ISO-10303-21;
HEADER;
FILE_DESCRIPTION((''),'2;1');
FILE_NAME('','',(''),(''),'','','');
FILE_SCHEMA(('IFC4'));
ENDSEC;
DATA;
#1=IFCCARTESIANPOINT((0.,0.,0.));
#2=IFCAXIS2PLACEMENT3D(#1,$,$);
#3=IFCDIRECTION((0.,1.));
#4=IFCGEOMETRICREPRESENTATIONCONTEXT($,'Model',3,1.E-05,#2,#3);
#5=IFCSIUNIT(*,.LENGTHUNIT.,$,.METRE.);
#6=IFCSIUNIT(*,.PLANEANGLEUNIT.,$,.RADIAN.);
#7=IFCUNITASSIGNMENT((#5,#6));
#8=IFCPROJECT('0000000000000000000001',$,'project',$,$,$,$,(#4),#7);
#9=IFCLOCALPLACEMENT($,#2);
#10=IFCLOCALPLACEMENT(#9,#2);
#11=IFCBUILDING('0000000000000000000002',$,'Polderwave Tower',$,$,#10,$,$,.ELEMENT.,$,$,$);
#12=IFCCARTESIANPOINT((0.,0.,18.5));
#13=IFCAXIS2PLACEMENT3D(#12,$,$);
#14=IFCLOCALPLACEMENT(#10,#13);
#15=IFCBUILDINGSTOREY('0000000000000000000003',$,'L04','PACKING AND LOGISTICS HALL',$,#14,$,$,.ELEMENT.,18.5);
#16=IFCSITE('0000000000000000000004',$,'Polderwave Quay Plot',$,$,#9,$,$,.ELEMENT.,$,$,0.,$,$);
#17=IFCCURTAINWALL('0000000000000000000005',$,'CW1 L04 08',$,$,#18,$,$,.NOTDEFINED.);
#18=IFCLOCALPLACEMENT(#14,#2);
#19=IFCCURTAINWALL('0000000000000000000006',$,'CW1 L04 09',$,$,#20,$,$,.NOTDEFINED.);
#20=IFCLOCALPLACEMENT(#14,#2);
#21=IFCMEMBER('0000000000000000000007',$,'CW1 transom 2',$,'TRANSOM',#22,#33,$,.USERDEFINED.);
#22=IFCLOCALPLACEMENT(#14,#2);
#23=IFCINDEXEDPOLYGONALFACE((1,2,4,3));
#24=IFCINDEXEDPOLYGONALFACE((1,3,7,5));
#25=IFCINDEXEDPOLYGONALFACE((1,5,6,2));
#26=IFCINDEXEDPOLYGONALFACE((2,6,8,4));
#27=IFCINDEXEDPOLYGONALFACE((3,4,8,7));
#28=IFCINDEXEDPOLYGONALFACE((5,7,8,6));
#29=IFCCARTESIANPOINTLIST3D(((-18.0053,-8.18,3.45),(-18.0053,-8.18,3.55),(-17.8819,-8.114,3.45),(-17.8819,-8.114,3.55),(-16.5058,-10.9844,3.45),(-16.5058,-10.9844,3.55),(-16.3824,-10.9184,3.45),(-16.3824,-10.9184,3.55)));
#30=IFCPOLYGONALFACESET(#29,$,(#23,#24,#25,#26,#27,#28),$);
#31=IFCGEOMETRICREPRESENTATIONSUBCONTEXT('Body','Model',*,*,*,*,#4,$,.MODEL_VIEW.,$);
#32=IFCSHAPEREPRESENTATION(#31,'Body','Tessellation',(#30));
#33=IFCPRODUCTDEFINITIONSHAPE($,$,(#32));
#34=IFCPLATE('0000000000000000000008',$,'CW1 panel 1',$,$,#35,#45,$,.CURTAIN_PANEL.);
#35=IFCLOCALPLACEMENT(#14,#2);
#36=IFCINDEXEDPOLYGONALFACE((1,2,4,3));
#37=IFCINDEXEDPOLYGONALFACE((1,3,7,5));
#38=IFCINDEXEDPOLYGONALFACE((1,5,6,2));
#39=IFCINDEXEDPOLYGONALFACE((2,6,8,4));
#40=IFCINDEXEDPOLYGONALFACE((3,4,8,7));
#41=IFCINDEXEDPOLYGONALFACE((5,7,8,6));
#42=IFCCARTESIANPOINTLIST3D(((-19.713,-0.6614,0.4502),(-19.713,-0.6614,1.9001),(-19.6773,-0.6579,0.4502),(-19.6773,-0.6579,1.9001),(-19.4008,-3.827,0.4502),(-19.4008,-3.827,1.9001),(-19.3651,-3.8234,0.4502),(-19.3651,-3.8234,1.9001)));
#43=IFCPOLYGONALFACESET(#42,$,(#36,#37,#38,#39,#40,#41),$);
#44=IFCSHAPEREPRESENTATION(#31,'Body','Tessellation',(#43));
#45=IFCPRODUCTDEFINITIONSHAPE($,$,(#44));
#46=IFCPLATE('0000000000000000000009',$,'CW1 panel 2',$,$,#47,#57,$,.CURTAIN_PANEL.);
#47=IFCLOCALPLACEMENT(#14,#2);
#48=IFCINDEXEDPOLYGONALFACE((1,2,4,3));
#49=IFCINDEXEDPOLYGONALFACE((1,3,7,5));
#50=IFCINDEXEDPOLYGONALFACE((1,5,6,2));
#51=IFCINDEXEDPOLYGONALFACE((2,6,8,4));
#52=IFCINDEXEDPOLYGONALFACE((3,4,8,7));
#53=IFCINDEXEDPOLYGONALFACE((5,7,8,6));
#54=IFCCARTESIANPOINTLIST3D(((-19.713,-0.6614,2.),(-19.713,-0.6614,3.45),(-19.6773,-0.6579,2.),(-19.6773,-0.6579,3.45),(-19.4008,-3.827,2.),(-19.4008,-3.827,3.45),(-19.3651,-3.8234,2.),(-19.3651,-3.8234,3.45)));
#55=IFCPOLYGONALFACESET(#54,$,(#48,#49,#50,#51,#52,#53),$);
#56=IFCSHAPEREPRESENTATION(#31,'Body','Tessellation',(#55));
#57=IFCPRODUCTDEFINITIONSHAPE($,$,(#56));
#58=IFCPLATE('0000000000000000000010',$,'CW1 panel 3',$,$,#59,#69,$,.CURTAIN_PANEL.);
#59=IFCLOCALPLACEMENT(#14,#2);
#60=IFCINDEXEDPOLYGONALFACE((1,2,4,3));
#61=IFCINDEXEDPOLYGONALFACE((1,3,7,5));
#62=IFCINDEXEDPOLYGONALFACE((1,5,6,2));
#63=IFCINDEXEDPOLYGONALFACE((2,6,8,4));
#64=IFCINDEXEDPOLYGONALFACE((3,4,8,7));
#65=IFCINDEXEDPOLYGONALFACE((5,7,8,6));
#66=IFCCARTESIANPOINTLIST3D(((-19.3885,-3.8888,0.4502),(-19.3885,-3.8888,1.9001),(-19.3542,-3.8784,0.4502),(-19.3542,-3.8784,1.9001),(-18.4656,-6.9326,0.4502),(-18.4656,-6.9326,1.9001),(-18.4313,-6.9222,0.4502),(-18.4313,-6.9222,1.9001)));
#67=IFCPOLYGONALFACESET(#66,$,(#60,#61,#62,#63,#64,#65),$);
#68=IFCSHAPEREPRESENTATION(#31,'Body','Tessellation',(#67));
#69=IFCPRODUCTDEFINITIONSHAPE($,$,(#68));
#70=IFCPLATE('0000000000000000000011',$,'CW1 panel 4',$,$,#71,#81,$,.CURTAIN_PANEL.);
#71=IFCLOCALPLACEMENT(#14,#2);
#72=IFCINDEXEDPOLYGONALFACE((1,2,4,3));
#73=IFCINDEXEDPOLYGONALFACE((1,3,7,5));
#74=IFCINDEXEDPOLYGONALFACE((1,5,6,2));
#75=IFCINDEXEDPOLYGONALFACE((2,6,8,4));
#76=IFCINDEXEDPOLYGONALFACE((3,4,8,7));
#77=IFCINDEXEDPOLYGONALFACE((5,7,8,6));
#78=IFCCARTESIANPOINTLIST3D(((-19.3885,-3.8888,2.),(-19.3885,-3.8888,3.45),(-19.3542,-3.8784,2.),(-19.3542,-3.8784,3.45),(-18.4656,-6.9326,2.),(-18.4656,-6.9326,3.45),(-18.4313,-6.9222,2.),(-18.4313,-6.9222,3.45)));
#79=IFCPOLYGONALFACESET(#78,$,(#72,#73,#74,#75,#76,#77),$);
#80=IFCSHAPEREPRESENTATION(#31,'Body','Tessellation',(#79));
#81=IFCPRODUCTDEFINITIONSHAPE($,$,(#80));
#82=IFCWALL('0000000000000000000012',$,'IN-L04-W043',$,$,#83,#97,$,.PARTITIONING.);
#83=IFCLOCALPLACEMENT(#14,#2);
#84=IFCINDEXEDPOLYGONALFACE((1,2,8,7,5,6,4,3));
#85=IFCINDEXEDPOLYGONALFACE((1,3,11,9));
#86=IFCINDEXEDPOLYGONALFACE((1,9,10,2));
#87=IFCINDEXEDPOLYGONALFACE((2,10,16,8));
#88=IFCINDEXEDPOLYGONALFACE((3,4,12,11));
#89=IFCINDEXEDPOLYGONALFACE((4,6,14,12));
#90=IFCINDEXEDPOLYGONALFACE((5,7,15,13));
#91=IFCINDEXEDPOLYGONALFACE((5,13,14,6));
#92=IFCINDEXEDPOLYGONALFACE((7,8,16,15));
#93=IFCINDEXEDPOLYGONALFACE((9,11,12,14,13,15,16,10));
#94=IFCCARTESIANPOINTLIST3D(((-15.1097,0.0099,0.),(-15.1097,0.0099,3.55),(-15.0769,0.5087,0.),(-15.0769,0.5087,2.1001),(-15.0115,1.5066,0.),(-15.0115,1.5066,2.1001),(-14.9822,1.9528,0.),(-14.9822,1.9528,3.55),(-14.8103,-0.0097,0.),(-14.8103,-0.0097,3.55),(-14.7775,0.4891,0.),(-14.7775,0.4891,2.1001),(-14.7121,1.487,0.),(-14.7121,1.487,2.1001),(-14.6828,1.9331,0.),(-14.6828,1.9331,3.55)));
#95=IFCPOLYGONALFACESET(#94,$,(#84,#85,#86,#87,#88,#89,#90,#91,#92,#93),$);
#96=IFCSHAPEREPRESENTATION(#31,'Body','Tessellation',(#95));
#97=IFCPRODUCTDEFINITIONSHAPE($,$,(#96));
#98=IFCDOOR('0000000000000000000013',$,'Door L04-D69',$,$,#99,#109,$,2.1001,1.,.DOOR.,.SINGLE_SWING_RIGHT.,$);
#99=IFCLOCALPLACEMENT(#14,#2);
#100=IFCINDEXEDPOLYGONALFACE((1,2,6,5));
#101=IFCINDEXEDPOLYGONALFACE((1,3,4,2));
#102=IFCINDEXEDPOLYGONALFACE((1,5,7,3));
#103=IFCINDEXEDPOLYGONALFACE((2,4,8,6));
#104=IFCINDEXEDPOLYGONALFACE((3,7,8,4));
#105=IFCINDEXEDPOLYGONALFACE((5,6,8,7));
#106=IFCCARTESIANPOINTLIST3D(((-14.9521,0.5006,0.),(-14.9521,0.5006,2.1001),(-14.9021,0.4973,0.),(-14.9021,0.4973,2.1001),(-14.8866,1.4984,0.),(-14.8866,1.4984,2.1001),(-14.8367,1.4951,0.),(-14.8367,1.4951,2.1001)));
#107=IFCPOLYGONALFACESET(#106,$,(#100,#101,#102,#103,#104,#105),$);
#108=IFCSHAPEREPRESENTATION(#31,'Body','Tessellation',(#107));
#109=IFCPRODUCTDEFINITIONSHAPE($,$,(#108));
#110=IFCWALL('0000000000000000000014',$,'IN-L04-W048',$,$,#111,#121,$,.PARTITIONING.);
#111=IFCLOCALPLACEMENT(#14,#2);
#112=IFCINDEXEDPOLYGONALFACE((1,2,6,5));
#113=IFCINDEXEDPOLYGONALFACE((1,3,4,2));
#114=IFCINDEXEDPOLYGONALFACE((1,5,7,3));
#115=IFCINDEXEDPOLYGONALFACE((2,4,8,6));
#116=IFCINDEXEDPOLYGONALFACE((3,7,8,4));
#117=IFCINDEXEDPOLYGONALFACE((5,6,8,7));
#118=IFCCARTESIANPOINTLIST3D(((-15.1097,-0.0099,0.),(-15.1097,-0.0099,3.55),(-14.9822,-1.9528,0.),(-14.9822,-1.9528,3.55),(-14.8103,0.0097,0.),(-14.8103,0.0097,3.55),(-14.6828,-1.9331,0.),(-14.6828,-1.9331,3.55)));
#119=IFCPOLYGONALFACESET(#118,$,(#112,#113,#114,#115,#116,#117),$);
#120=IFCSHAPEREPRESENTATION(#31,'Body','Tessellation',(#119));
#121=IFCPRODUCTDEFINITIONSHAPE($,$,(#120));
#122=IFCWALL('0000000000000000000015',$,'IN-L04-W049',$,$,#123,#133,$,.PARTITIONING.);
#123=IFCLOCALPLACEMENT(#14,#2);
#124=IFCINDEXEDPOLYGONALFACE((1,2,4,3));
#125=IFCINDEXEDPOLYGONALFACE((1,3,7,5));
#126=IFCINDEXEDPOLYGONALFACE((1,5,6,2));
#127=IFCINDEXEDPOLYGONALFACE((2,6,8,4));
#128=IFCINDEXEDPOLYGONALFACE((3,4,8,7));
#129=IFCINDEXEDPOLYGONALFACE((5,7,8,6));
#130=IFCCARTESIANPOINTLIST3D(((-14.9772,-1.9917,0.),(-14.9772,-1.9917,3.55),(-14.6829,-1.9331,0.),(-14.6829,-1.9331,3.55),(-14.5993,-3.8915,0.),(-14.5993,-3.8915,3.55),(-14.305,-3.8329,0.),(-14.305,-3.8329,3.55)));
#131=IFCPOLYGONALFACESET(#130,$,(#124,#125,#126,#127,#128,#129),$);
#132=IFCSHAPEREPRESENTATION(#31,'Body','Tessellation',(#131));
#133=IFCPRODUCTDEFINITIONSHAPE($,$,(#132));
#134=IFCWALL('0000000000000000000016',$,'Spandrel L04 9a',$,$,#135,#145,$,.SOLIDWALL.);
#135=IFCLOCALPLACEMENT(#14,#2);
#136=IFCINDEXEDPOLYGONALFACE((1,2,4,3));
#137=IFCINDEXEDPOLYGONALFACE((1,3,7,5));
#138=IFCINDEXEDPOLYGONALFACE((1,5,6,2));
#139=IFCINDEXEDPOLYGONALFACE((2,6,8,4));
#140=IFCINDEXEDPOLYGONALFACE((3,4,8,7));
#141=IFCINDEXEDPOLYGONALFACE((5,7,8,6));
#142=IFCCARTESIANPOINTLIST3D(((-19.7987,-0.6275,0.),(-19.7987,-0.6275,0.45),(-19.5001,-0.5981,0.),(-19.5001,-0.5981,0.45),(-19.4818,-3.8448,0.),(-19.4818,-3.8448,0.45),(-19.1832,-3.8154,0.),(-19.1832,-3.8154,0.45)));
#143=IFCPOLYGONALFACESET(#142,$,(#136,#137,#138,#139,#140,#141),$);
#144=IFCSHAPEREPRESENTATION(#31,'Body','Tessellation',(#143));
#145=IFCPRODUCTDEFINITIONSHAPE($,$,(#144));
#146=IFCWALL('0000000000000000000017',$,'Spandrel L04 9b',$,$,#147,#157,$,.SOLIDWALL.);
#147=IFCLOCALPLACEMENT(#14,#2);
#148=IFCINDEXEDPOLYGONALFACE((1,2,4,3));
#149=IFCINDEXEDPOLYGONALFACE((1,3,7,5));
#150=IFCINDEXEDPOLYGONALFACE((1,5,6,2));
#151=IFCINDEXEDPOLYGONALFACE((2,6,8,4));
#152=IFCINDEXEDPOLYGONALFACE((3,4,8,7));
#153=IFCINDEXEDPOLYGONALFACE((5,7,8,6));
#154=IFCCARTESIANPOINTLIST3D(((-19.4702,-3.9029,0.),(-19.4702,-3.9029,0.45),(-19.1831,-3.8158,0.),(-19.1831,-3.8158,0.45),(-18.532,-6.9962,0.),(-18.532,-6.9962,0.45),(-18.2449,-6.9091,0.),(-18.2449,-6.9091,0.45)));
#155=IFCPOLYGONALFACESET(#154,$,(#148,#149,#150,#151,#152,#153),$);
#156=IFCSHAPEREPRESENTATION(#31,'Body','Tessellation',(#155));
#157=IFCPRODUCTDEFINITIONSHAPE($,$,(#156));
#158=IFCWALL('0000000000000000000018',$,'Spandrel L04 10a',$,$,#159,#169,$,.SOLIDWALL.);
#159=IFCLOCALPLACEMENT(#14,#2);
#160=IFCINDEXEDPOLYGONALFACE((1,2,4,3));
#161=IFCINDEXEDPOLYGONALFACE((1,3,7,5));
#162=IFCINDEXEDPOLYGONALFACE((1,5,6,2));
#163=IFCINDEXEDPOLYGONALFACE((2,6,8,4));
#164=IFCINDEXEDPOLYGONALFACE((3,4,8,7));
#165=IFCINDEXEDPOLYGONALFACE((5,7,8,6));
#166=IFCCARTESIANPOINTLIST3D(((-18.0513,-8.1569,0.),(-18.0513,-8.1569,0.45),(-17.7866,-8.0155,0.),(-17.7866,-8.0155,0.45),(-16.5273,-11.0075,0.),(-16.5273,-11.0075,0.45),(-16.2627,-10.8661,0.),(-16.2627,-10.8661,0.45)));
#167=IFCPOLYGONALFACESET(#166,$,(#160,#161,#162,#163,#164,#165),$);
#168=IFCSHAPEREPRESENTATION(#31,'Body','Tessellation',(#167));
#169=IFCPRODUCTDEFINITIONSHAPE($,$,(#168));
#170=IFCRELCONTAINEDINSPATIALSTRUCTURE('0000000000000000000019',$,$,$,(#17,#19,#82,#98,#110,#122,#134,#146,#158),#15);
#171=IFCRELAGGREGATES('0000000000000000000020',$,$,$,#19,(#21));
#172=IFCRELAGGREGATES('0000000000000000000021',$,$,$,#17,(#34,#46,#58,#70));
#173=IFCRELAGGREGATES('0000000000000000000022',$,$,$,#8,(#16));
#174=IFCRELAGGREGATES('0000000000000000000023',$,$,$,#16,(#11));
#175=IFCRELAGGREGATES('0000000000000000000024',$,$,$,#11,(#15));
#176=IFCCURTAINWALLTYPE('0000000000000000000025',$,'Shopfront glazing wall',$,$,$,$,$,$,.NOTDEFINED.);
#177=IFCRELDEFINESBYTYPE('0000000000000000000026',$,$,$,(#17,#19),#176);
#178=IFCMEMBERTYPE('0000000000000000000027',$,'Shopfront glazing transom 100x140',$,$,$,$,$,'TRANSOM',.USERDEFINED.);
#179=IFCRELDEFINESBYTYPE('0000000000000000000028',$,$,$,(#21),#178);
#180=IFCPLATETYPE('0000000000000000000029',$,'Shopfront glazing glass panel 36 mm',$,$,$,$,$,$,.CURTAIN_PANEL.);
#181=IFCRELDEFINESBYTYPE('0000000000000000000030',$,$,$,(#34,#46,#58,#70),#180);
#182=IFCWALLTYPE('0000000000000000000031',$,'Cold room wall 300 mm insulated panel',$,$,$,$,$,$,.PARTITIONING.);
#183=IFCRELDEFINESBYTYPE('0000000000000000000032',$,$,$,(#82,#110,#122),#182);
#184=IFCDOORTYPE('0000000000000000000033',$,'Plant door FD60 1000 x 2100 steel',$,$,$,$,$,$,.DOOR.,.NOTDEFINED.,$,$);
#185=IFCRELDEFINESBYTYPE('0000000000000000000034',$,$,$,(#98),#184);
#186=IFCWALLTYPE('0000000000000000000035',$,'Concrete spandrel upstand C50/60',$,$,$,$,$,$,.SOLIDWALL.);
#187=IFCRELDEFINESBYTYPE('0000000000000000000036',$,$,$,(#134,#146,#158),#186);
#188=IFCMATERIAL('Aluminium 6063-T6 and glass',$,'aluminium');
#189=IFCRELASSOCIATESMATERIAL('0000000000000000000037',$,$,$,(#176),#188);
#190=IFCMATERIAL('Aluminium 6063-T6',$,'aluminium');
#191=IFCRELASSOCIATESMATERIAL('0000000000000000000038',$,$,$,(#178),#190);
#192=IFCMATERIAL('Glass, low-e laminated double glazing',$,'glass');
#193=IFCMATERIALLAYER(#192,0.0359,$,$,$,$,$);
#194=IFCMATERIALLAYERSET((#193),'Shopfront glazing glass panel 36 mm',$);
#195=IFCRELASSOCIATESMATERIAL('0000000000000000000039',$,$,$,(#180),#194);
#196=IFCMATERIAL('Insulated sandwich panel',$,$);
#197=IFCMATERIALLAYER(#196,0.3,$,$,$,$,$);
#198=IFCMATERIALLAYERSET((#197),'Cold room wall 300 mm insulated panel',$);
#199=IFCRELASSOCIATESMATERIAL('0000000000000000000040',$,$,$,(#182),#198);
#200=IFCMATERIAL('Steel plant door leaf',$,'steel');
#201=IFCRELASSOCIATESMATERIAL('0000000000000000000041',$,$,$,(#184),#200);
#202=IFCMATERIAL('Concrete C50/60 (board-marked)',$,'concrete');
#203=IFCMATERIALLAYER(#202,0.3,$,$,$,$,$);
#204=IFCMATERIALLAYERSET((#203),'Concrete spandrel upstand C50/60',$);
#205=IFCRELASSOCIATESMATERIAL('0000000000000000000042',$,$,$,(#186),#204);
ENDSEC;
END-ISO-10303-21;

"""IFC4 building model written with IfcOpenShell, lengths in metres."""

from ifc_helpers import new_model, si_unit, direction, frame, frame_2d, origin, origin_2d, place, context, subcontext, project, spatial, rectangle, extrude, material, layer, layer_set, material_profile, profile_set, type_object, element, fill, aggregate, save


model = new_model("IFC4")

# Units and contexts
model_context = context("Model", 3, precision=1e-05, world=origin(), true_north=direction((0.0, 1.0)))
body_context = subcontext(model_context, "Body", "Model", "MODEL_VIEW")
ifc_project = project(units=[si_unit("LENGTHUNIT", "METRE"), si_unit("PLANEANGLEUNIT", "RADIAN")], contexts=[model_context])

# Site, building, storey
site_placement = place(None, origin())
site = spatial("IfcSite", under=ifc_project, at=site_placement, Name="Polderwave Quay Plot", CompositionType="ELEMENT", RefElevation=0.0)
building_placement = place(site_placement, origin())
building = spatial("IfcBuilding", under=site, at=building_placement, Name="Polderwave Tower", CompositionType="ELEMENT")
storey_placement = place(building_placement, frame((0.0, 0.0, 18.5)))
storey = spatial("IfcBuildingStorey", under=building, at=storey_placement, Name="L04", Description="PACKING AND LOGISTICS HALL", CompositionType="ELEMENT", Elevation=18.5)

# Curtain wall
ifc_material_1 = material(Name="Aluminium 6063-T6 and glass", Category="aluminium")
curtain_wall_type = type_object("IfcCurtainWallType", Name="Shopfront glazing wall", PredefinedType="NOTDEFINED", material=ifc_material_1)
curtain_wall_1_placement = place(storey_placement, origin())
curtain_wall_1 = element("IfcCurtainWall", 1, at=curtain_wall_1_placement, inside=storey, type_object=curtain_wall_type, Name="CW1 L04 08", PredefinedType="NOTDEFINED")
ifc_material_2 = material(Name="Aluminium 6063-T6", Category="aluminium")

# Curtain wall
curtain_wall_2_placement = place(storey_placement, origin())
curtain_wall_2 = element("IfcCurtainWall", 2, at=curtain_wall_2_placement, inside=storey, type_object=curtain_wall_type, Name="CW1 L04 09", PredefinedType="NOTDEFINED")

# Member
ifc_material_profile_1 = material_profile(ifc_material_2, rectangle(XDim=0.1399, YDim=0.1001, at=origin_2d()), Name="AL 100x140")
ifc_profile_set_1 = profile_set([ifc_material_profile_1], Name="Aluminium 6063-T6")
member_type_1 = type_object("IfcMemberType", Name="Shopfront glazing transom 100x140", ElementType="TRANSOM", PredefinedType="USERDEFINED", material=ifc_profile_set_1)
member_1_placement = place(storey_placement, frame((-17.9436, -8.147, 3.5), z_axis=(0.47152, -0.881855, 0.0), x_axis=(0.881855, 0.47152, 0.0)))
member_1 = element("IfcMember", 3, at=member_1_placement, type_object=member_type_1, Name="CW1 transom 2", ObjectType="TRANSOM", PredefinedType="USERDEFINED", context=body_context, shape_type="SweptSolid", body=[
    extrude(rectangle(XDim=0.1399, YDim=0.1001, at=origin_2d()), origin(), (0.0, 0.0, 1.0), 3.1802),
])
aggregate(curtain_wall_2, [member_1])

# Plates
ifc_material_3 = material(Name="Glass, low-e laminated double glazing", Category="glass")
ifc_layer_1 = layer(ifc_material_3, 0.0359)
ifc_layer_set_1 = layer_set([ifc_layer_1], Name="Shopfront glazing glass panel 36 mm")
plate_type = type_object("IfcPlateType", Name="Shopfront glazing glass panel 36 mm", PredefinedType="CURTAIN_PANEL", material=ifc_layer_set_1)
plate_1_placement = place(storey_placement, frame((-19.5391, -2.2424, 0.4502), z_axis=(0.0, 0.0, 1.0), x_axis=(0.098142, -0.995172, 0.0)))
plate_1 = element("IfcPlate", 4, at=plate_1_placement, type_object=plate_type, Name="CW1 panel 1", PredefinedType="CURTAIN_PANEL", context=body_context, shape_type="SweptSolid", body=[
    extrude(rectangle(XDim=3.1809, YDim=0.0359, at=origin_2d()), origin(), (0.0, 0.0, 1.0), 1.45),
])
plate_2_placement = place(storey_placement, frame((-19.5391, -2.2424, 2.0), z_axis=(0.0, 0.0, 1.0), x_axis=(0.098142, -0.995172, 0.0)))
plate_2 = element("IfcPlate", 5, at=plate_2_placement, type_object=plate_type, Name="CW1 panel 2", PredefinedType="CURTAIN_PANEL", context=body_context, shape_type="SweptSolid", body=[
    extrude(rectangle(XDim=3.1809, YDim=0.0359, at=origin_2d()), origin(), (0.0, 0.0, 1.0), 1.45),
])
plate_3_placement = place(storey_placement, frame((-18.9099, -5.4055, 0.4502), z_axis=(0.0, 0.0, 1.0), x_axis=(0.290151, -0.956981, 0.0)))
plate_3 = element("IfcPlate", 6, at=plate_3_placement, type_object=plate_type, Name="CW1 panel 3", PredefinedType="CURTAIN_PANEL", context=body_context, shape_type="SweptSolid", body=[
    extrude(rectangle(XDim=3.1807, YDim=0.0359, at=origin_2d()), origin(), (0.0, 0.0, 1.0), 1.45),
])
plate_4_placement = place(storey_placement, frame((-18.9099, -5.4055, 2.0), z_axis=(0.0, 0.0, 1.0), x_axis=(0.290151, -0.956981, 0.0)))
plate_4 = element("IfcPlate", 7, at=plate_4_placement, type_object=plate_type, Name="CW1 panel 4", PredefinedType="CURTAIN_PANEL", context=body_context, shape_type="SweptSolid", body=[
    extrude(rectangle(XDim=3.1807, YDim=0.0359, at=origin_2d()), origin(), (0.0, 0.0, 1.0), 1.45),
])
aggregate(curtain_wall_1, [plate_1, plate_2, plate_3, plate_4])

# Wall, opening, door
ifc_material_4 = material(Name="Insulated sandwich panel")
ifc_layer_2 = layer(ifc_material_4, 0.3)
ifc_layer_set_2 = layer_set([ifc_layer_2], Name="Cold room wall 300 mm insulated panel")
wall_type_1 = type_object("IfcWallType", Name="Cold room wall 300 mm insulated panel", PredefinedType="PARTITIONING", material=ifc_layer_set_2)
wall_1_placement = place(storey_placement, frame((-14.96, 0.0, 0.0), z_axis=(0.0, 0.0, 1.0), x_axis=(0.065454, 0.997856, 0.0)))
wall_1 = element("IfcWall", 8, at=wall_1_placement, inside=storey, type_object=wall_type_1, Name="IN-L04-W043", PredefinedType="PARTITIONING", context=body_context, shape_type="SweptSolid", body=[
    extrude(rectangle(XDim=1.947, YDim=0.3, at=frame_2d((0.9736, 0.0))), origin(), (0.0, 0.0, 1.0), 3.55),
])
opening_placement = place(wall_1_placement, frame((0.5, 0.0, 0.0)))
opening = element("IfcOpeningElement", 9, at=opening_placement, cuts=wall_1, PredefinedType="OPENING", context=body_context, shape_type="SweptSolid", body=[
    extrude(rectangle(XDim=1.0, YDim=2.1001, at=frame_2d((0.5, 1.05))), frame((0.0, 0.1599, 0.0), z_axis=(0.0, -1.0, 0.0), x_axis=(1.0, 0.0, 0.0)), (0.0, 0.0, 1.0), 0.3201),
])
ifc_material_5 = material(Name="Steel plant door leaf", Category="steel")
door_type = type_object("IfcDoorType", Name="Plant door FD60 1000 x 2100 steel", OperationType="NOTDEFINED", PredefinedType="DOOR", material=ifc_material_5)
door_placement = place(opening_placement, origin())
door = element("IfcDoor", 10, at=door_placement, inside=storey, type_object=door_type, Name="Door L04-D69", OperationType="SINGLE_SWING_RIGHT", OverallHeight=2.1001, OverallWidth=1.0, PredefinedType="DOOR", context=body_context, shape_type="SweptSolid", body=[
    extrude(rectangle(XDim=1.0, YDim=2.1001, at=frame_2d((0.5, 1.05))), frame((0.0, 0.0249, 0.0), z_axis=(0.0, -1.0, 0.0), x_axis=(1.0, 0.0, 0.0)), (0.0, 0.0, 1.0), 0.05),
])
fill(opening, door)

# Walls
wall_2_placement = place(storey_placement, frame((-14.96, 0.0, 0.0), z_axis=(0.0, 0.0, 1.0), x_axis=(0.065454, -0.997856, 0.0)))
element("IfcWall", 11, at=wall_2_placement, inside=storey, type_object=wall_type_1, Name="IN-L04-W048", PredefinedType="PARTITIONING", context=body_context, shape_type="SweptSolid", body=[
    extrude(rectangle(XDim=1.947, YDim=0.3, at=frame_2d((0.9736, 0.0))), origin(), (0.0, 0.0, 1.0), 3.55),
])
wall_3_placement = place(storey_placement, frame((-14.8301, -1.9624, 0.0), z_axis=(0.0, 0.0, 1.0), x_axis=(0.195098, -0.980784, 0.0)))
element("IfcWall", 12, at=wall_3_placement, inside=storey, type_object=wall_type_1, Name="IN-L04-W049", PredefinedType="PARTITIONING", context=body_context, shape_type="SweptSolid", body=[
    extrude(rectangle(XDim=1.937, YDim=0.3, at=frame_2d((0.9685, 0.0))), origin(), (0.0, 0.0, 1.0), 3.55),
])
ifc_material_6 = material(Name="Concrete C50/60 (board-marked)", Category="concrete")
ifc_layer_3 = layer(ifc_material_6, 0.3)
ifc_layer_set_3 = layer_set([ifc_layer_3], Name="Concrete spandrel upstand C50/60")
wall_type_2 = type_object("IfcWallType", Name="Concrete spandrel upstand C50/60", PredefinedType="SOLIDWALL", material=ifc_layer_set_3)
wall_4_placement = place(storey_placement, frame((-19.6494, -0.6128, 0.0), z_axis=(0.0, 0.0, 1.0), x_axis=(0.098023, -0.995184, 0.0)))
element("IfcWall", 13, at=wall_4_placement, inside=storey, type_object=wall_type_2, Name="Spandrel L04 9a", PredefinedType="SOLIDWALL", context=body_context, shape_type="SweptSolid", body=[
    extrude(rectangle(XDim=3.2329, YDim=0.3, at=frame_2d((1.6165, 0.0))), origin(), (0.0, 0.0, 1.0), 0.45),
])
for number, where, z_axis, x_axis, name in (
    (14, (-19.3267, -3.8594, 0.0), (0.0, 0.0, 1.0), (0.290257, -0.956949, 0.0), "Spandrel L04 9b"),
    (15, (-17.9189, -8.0862, 0.0), (0.0, 0.0, 1.0), (0.471458, -0.881888, 0.0), "Spandrel L04 10a"),
):
    element("IfcWall", number, at=place(storey_placement, frame(where, z_axis=z_axis, x_axis=x_axis)), inside=storey, type_object=wall_type_2, Name=name, PredefinedType="SOLIDWALL", context=body_context, shape_type="SweptSolid", body=[
        extrude(rectangle(XDim=3.2324, YDim=0.3, at=frame_2d((1.6162, 0.0))), origin(), (0.0, 0.0, 1.0), 0.45),
    ])

save(model, "model.ifc")
